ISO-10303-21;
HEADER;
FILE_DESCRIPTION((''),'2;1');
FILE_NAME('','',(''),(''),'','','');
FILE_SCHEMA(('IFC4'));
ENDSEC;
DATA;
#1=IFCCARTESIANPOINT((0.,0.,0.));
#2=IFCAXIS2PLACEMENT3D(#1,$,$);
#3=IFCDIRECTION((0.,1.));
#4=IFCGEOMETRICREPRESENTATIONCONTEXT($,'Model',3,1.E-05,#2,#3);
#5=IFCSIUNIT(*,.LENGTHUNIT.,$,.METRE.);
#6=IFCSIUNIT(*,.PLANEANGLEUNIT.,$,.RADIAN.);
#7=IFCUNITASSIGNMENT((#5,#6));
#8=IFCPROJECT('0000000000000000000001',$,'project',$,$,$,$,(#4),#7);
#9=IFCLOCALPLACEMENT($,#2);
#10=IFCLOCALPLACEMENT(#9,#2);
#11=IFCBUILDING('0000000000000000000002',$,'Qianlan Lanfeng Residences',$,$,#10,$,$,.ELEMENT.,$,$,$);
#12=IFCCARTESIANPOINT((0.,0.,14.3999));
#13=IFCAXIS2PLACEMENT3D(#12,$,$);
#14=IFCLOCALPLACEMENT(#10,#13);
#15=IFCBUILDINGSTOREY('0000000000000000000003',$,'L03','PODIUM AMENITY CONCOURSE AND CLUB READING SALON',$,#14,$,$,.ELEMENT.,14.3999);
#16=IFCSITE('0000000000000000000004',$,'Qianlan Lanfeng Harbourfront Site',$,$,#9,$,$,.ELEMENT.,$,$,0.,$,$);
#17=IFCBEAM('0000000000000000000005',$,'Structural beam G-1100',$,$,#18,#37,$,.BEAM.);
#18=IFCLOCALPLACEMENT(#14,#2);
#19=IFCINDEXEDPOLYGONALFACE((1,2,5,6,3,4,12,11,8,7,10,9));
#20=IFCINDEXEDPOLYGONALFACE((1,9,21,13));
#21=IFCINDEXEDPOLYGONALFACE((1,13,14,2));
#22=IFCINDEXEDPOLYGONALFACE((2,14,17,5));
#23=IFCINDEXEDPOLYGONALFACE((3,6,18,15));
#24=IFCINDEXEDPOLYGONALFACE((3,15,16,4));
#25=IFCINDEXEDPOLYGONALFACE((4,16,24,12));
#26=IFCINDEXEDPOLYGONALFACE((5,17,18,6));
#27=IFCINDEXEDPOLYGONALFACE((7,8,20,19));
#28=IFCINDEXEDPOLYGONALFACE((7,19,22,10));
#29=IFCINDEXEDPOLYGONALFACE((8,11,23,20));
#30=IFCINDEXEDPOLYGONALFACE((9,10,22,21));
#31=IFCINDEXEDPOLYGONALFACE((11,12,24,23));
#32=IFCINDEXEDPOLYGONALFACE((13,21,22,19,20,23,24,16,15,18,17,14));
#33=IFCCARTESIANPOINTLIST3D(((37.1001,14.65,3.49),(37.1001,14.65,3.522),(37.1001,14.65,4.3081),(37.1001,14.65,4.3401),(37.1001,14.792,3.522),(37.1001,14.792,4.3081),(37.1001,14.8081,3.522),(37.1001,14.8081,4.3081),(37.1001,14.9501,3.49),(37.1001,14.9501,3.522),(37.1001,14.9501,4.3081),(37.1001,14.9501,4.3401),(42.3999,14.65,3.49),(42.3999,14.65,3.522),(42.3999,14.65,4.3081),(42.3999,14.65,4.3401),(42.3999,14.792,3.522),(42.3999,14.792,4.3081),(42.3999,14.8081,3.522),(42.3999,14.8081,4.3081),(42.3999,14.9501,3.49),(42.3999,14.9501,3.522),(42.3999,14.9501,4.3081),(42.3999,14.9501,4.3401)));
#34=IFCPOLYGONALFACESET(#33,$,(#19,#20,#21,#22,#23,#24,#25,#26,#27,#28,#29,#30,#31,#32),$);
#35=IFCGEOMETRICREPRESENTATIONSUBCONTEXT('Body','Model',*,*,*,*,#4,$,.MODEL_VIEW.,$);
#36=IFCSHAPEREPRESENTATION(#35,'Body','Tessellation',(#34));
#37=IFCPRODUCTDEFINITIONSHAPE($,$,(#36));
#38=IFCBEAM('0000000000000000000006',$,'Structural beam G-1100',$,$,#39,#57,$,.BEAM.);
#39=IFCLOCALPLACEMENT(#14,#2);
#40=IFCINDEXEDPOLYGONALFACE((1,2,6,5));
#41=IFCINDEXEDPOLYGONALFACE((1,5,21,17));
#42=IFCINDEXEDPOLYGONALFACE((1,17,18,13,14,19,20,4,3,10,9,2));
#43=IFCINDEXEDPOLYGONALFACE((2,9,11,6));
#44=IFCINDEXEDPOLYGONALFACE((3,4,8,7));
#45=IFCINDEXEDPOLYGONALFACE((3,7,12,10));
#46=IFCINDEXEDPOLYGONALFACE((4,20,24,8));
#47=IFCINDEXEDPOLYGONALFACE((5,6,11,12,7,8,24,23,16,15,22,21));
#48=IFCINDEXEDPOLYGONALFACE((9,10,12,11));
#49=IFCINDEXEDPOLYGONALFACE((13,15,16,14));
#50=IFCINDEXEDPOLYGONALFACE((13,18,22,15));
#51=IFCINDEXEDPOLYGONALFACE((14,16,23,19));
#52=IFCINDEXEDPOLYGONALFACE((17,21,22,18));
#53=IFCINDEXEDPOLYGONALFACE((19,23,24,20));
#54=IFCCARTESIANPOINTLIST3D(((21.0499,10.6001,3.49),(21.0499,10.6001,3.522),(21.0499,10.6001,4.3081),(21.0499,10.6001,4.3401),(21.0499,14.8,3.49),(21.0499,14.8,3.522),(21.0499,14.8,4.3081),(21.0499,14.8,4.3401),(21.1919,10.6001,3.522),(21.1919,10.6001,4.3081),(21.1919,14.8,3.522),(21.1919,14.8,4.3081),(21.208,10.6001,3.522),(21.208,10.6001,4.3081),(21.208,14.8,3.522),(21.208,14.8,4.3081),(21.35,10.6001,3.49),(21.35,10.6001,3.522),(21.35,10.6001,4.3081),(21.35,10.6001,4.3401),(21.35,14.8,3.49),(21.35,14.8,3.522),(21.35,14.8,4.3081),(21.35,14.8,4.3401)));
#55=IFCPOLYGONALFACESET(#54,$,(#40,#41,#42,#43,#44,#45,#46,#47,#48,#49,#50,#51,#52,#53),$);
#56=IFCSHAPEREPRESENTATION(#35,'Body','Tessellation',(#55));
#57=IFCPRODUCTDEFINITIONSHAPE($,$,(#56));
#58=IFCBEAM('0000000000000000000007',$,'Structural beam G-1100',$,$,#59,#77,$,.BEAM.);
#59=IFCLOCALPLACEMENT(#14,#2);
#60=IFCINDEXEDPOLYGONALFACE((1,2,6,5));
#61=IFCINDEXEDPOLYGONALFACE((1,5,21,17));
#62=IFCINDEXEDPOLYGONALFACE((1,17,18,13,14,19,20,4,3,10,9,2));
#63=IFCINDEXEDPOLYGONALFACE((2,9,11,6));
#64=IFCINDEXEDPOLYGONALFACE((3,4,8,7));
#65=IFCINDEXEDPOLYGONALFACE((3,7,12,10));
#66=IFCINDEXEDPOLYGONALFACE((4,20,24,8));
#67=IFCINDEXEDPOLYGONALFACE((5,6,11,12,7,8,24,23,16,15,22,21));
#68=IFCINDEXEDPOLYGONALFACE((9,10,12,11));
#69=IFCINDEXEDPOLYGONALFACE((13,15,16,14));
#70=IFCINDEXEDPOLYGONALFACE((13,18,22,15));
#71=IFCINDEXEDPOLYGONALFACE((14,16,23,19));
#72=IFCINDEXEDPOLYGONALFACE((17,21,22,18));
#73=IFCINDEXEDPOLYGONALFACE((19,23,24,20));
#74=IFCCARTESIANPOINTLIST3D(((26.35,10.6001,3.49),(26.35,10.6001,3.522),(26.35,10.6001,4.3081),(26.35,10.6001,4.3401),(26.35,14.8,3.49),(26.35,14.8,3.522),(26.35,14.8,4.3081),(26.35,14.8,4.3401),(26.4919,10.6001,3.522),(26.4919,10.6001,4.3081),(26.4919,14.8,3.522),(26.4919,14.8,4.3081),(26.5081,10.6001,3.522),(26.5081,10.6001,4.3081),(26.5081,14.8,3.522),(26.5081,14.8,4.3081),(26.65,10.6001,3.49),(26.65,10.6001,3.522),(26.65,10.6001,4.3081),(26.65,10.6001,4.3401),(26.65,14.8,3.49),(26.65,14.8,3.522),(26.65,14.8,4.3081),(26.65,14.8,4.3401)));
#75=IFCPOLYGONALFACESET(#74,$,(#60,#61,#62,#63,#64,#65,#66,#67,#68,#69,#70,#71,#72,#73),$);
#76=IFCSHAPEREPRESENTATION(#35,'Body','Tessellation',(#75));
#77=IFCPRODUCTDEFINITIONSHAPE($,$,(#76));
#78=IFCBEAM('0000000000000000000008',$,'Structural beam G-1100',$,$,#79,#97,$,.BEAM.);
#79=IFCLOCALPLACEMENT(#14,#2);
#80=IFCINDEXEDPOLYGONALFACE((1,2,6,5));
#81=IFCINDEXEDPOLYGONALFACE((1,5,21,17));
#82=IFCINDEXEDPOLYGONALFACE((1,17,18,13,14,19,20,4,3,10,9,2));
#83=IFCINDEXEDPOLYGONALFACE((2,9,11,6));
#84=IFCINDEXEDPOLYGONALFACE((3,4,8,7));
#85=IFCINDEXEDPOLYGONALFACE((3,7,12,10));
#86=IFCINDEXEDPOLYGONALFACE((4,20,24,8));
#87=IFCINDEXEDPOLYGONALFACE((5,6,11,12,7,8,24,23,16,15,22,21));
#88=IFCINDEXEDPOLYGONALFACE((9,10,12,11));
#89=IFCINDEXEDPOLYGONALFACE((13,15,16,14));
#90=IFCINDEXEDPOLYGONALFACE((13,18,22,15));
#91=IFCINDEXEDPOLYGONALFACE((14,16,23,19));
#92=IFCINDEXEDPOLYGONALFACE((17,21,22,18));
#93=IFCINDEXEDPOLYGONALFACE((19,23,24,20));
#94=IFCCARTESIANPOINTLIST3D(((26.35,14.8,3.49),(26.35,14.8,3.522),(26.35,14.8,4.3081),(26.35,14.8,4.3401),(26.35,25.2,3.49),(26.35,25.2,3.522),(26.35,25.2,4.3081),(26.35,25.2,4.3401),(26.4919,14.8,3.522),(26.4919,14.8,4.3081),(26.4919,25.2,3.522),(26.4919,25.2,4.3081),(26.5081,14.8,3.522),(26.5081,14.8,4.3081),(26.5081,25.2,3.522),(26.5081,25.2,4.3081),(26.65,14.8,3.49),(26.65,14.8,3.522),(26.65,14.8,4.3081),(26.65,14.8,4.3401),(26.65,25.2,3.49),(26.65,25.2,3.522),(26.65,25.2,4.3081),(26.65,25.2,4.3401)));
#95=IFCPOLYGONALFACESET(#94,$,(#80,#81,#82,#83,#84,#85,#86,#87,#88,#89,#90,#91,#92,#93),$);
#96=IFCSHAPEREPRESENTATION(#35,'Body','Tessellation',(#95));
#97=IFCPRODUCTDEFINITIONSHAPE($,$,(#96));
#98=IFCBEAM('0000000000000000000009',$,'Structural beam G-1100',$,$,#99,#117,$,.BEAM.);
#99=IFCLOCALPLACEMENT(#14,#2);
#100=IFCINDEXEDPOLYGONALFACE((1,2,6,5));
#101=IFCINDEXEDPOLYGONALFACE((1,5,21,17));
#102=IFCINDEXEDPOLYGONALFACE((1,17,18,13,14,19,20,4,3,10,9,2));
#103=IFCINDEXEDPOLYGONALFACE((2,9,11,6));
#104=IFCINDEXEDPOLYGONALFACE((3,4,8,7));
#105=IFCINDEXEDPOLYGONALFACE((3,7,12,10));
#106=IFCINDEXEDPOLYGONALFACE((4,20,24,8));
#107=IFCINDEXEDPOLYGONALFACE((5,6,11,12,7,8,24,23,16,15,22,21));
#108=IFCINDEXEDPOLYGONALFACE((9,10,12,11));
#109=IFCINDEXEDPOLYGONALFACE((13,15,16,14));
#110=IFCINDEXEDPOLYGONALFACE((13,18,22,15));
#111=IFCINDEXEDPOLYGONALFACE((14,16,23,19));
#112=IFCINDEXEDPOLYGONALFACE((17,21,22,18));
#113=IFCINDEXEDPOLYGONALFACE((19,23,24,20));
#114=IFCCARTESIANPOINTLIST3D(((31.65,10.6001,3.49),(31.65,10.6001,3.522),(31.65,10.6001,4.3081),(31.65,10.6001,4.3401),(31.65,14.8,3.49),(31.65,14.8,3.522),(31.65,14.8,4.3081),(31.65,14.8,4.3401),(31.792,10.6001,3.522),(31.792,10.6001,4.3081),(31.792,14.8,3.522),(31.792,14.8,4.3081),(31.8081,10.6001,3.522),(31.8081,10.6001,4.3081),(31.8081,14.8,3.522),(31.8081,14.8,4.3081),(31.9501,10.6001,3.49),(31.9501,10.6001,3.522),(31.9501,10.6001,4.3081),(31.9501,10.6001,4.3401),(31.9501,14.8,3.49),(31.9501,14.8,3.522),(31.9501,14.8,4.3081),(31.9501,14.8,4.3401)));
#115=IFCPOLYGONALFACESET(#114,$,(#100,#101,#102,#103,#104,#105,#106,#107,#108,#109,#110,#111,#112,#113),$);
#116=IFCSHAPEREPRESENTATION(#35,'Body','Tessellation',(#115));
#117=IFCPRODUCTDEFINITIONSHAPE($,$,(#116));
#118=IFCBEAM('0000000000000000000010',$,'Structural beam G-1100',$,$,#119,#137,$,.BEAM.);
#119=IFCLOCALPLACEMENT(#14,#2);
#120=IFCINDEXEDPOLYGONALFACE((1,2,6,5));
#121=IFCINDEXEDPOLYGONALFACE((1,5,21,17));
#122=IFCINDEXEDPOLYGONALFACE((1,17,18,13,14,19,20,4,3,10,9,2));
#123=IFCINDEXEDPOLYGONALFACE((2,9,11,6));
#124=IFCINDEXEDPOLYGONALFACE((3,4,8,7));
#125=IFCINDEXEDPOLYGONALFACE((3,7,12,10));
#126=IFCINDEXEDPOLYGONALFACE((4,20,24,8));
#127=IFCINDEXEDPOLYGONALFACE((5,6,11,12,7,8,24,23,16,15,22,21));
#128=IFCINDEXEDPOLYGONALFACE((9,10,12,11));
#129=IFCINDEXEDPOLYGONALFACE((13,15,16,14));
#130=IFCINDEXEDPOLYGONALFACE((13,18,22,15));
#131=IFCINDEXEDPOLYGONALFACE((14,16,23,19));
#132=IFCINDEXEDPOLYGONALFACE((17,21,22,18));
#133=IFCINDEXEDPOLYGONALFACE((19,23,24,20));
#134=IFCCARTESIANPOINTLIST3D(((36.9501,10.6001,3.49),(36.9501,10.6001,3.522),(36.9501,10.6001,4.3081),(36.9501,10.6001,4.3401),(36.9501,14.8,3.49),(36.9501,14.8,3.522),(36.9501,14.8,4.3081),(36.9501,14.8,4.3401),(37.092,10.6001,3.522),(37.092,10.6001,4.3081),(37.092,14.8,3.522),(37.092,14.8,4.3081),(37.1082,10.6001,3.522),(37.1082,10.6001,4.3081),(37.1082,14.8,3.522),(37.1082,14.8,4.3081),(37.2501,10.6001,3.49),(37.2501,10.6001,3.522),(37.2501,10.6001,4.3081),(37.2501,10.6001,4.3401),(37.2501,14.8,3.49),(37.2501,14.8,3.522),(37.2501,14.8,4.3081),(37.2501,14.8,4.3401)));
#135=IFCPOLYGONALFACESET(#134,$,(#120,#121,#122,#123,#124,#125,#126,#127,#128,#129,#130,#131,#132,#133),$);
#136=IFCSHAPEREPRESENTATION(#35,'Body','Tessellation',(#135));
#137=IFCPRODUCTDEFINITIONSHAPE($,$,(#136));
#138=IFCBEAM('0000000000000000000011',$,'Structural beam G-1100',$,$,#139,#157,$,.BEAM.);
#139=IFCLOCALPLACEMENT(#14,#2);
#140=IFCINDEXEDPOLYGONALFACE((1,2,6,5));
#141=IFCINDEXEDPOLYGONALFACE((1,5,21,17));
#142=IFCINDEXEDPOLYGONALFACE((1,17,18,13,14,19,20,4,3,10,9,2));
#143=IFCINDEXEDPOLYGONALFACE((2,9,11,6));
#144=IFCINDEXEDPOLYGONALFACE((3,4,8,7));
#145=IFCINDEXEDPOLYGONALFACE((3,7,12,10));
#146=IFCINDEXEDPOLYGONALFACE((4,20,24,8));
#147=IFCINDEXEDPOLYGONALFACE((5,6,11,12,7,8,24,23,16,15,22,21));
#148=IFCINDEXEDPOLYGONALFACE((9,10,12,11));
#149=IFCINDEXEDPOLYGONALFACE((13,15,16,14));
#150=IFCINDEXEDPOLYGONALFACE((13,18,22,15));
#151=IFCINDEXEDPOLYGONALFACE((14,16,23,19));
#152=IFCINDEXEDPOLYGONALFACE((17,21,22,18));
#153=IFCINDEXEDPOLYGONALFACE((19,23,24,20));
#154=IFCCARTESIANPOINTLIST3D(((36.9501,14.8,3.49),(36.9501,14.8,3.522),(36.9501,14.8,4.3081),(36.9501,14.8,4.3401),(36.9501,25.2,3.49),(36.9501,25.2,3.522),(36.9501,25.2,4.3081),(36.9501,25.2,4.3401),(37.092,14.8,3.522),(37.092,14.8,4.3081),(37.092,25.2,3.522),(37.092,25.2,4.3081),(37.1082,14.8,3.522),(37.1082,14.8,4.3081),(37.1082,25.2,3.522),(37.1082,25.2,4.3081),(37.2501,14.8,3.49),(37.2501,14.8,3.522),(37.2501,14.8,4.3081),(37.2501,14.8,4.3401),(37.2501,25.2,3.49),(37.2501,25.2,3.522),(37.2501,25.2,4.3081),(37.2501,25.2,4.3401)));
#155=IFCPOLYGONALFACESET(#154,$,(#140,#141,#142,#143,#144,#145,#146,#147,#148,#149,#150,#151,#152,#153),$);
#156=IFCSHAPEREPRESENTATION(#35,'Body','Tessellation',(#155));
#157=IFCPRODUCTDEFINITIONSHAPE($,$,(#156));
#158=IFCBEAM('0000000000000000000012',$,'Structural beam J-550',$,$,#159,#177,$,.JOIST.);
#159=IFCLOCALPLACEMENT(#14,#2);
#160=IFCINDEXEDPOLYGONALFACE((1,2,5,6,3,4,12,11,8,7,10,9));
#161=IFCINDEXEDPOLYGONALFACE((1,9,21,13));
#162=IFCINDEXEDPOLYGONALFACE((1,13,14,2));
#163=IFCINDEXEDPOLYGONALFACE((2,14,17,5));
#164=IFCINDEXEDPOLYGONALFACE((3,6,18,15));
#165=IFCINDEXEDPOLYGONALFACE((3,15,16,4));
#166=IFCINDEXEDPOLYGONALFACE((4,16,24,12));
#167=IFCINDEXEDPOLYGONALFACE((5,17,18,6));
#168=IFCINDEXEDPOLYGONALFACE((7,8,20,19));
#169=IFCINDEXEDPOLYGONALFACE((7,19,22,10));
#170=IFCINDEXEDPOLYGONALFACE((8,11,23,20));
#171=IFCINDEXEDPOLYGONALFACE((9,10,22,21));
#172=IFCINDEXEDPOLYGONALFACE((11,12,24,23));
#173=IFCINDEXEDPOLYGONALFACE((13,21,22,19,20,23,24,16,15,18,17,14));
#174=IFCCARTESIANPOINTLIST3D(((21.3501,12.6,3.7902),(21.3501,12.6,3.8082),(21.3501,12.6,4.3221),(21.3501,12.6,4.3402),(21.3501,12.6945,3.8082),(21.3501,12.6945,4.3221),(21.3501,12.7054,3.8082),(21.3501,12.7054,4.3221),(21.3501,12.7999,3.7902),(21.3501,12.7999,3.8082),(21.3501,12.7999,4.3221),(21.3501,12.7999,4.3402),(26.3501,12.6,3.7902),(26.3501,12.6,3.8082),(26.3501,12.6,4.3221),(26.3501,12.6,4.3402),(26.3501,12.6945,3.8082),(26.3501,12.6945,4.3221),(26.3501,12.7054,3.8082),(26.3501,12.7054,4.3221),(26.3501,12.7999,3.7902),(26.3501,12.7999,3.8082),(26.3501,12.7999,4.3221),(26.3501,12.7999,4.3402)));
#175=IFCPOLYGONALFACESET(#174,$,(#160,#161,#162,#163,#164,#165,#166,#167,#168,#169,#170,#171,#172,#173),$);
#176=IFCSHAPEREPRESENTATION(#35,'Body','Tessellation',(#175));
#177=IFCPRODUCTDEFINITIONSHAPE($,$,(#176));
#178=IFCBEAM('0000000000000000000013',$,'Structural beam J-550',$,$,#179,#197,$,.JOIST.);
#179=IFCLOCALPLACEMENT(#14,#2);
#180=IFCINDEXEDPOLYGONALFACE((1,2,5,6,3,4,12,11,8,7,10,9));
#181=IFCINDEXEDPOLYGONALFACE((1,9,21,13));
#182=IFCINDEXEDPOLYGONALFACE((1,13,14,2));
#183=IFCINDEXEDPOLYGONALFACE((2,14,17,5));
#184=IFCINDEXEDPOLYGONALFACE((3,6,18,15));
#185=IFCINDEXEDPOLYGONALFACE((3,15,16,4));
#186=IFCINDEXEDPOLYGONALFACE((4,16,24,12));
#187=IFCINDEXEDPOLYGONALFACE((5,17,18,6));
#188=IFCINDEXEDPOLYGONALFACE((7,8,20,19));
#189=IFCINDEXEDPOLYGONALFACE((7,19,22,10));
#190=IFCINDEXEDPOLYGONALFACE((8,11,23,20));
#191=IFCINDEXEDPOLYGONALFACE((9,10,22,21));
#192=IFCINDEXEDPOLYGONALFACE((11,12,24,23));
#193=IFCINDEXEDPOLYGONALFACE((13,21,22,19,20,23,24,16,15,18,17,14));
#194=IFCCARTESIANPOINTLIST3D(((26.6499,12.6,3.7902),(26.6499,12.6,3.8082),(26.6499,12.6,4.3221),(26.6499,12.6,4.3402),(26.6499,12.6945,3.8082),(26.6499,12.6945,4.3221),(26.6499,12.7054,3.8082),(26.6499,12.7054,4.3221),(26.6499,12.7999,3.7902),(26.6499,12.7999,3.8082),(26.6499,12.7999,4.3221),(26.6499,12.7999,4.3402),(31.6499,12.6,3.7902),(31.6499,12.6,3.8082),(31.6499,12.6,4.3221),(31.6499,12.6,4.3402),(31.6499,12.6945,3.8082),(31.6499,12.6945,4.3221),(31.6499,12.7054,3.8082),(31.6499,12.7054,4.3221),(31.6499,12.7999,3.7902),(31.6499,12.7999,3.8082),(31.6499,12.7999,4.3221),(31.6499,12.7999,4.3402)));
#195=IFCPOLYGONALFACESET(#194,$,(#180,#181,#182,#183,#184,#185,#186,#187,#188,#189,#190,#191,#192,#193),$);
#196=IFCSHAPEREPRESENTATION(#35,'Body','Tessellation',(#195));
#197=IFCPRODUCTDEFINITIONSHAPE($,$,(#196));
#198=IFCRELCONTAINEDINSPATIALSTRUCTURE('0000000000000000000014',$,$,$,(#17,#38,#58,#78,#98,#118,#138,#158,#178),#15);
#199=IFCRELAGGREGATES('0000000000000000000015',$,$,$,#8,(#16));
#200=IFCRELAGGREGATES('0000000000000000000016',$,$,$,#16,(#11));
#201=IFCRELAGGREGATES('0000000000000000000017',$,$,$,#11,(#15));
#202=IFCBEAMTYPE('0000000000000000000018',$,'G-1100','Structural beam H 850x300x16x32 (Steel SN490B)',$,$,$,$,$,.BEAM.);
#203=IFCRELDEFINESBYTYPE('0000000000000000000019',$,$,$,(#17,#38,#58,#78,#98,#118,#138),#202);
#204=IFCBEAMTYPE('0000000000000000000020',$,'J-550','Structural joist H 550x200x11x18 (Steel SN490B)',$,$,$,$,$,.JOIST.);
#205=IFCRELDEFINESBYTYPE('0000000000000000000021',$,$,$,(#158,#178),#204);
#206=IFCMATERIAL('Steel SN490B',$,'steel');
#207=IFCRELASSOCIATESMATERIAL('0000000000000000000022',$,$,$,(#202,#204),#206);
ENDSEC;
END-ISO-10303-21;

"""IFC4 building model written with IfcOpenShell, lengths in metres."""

from ifc_helpers import new_model, si_unit, direction, frame, origin, origin_2d, place, context, subcontext, project, spatial, i_section, extrude, material, material_profile, profile_set, type_object, element, save


model = new_model("IFC4")

# Units and contexts
model_context = context("Model", 3, precision=1e-05, world=origin(), true_north=direction((0.0, 1.0)))
body_context = subcontext(model_context, "Body", "Model", "MODEL_VIEW")
ifc_project = project(units=[si_unit("LENGTHUNIT", "METRE"), si_unit("PLANEANGLEUNIT", "RADIAN")], contexts=[model_context])

# Site, building, storey
site_placement = place(None, origin())
site = spatial("IfcSite", under=ifc_project, at=site_placement, Name="Qianlan Lanfeng Harbourfront Site", CompositionType="ELEMENT", RefElevation=0.0)
building_placement = place(site_placement, origin())
building = spatial("IfcBuilding", under=site, at=building_placement, Name="Qianlan Lanfeng Residences", CompositionType="ELEMENT")
storey_placement = place(building_placement, frame((0.0, 0.0, 14.3999)))
storey = spatial("IfcBuildingStorey", under=building, at=storey_placement, Name="L03", Description="PODIUM AMENITY CONCOURSE AND CLUB READING SALON", CompositionType="ELEMENT", Elevation=14.3999)

# Beams
ifc_material_1 = material(Name="Steel SN490B", Category="steel")
ifc_material_profile_1 = material_profile(ifc_material_1, i_section(OverallWidth=0.3, OverallDepth=0.8501, WebThickness=0.0161, FlangeThickness=0.032, at=origin_2d()), Name="H 850x300x16x32")
ifc_profile_set_1 = profile_set([ifc_material_profile_1], Name="Steel SN490B")
beam_type_1 = type_object("IfcBeamType", Name="G-1100", Description="Structural beam H 850x300x16x32 (Steel SN490B)", PredefinedType="BEAM", material=ifc_profile_set_1)
beam_1_placement = place(storey_placement, frame((37.1001, 14.8, 3.915), z_axis=(1.0, 0.0, 0.0), x_axis=(0.0, 1.0, 0.0)))
element("IfcBeam", 1, at=beam_1_placement, inside=storey, type_object=beam_type_1, Name="Structural beam G-1100", PredefinedType="BEAM", context=body_context, shape_type="SweptSolid", body=[
    extrude(i_section(OverallWidth=0.3, OverallDepth=0.8501, WebThickness=0.0161, FlangeThickness=0.032, at=origin_2d()), origin(), (0.0, 0.0, 1.0), 5.2998),
])
for number, where, z_axis, x_axis, name in (
    (2, (21.2, 10.6001, 3.915), (0.0, 1.0, 0.0), (-1.0, 0.0, 0.0), "Structural beam G-1100"),
    (3, (26.5, 10.6001, 3.915), (0.0, 1.0, 0.0), (-1.0, 0.0, 0.0), "Structural beam G-1100"),
):
    element("IfcBeam", number, at=place(storey_placement, frame(where, z_axis=z_axis, x_axis=x_axis)), inside=storey, type_object=beam_type_1, Name=name, PredefinedType="BEAM", context=body_context, shape_type="SweptSolid", body=[
        extrude(i_section(OverallWidth=0.3, OverallDepth=0.8501, WebThickness=0.0161, FlangeThickness=0.032, at=origin_2d()), origin(), (0.0, 0.0, 1.0), 4.2),
    ])
beam_2_placement = place(storey_placement, frame((26.5, 14.8, 3.915), z_axis=(0.0, 1.0, 0.0), x_axis=(-1.0, 0.0, 0.0)))
element("IfcBeam", 4, at=beam_2_placement, inside=storey, type_object=beam_type_1, Name="Structural beam G-1100", PredefinedType="BEAM", context=body_context, shape_type="SweptSolid", body=[
    extrude(i_section(OverallWidth=0.3, OverallDepth=0.8501, WebThickness=0.0161, FlangeThickness=0.032, at=origin_2d()), origin(), (0.0, 0.0, 1.0), 10.3999),
])
for number, where, z_axis, x_axis, name in (
    (5, (31.8, 10.6001, 3.915), (0.0, 1.0, 0.0), (-1.0, 0.0, 0.0), "Structural beam G-1100"),
    (6, (37.1001, 10.6001, 3.915), (0.0, 1.0, 0.0), (-1.0, 0.0, 0.0), "Structural beam G-1100"),
):
    element("IfcBeam", number, at=place(storey_placement, frame(where, z_axis=z_axis, x_axis=x_axis)), inside=storey, type_object=beam_type_1, Name=name, PredefinedType="BEAM", context=body_context, shape_type="SweptSolid", body=[
        extrude(i_section(OverallWidth=0.3, OverallDepth=0.8501, WebThickness=0.0161, FlangeThickness=0.032, at=origin_2d()), origin(), (0.0, 0.0, 1.0), 4.2),
    ])
beam_3_placement = place(storey_placement, frame((37.1001, 14.8, 3.915), z_axis=(0.0, 1.0, 0.0), x_axis=(-1.0, 0.0, 0.0)))
element("IfcBeam", 7, at=beam_3_placement, inside=storey, type_object=beam_type_1, Name="Structural beam G-1100", PredefinedType="BEAM", context=body_context, shape_type="SweptSolid", body=[
    extrude(i_section(OverallWidth=0.3, OverallDepth=0.8501, WebThickness=0.0161, FlangeThickness=0.032, at=origin_2d()), origin(), (0.0, 0.0, 1.0), 10.3999),
])
ifc_material_profile_2 = material_profile(ifc_material_1, i_section(OverallWidth=0.2, OverallDepth=0.55, WebThickness=0.011, FlangeThickness=0.0181, at=origin_2d()), Name="H 550x200x11x18")
ifc_profile_set_2 = profile_set([ifc_material_profile_2], Name="Steel SN490B")
beam_type_2 = type_object("IfcBeamType", Name="J-550", Description="Structural joist H 550x200x11x18 (Steel SN490B)", PredefinedType="JOIST", material=ifc_profile_set_2)
for number, where, z_axis, x_axis, name in (
    (8, (21.3501, 12.7, 4.0652), (1.0, 0.0, 0.0), (0.0, 1.0, 0.0), "Structural beam J-550"),
    (9, (26.6499, 12.7, 4.0652), (1.0, 0.0, 0.0), (0.0, 1.0, 0.0), "Structural beam J-550"),
):
    element("IfcBeam", number, at=place(storey_placement, frame(where, z_axis=z_axis, x_axis=x_axis)), inside=storey, type_object=beam_type_2, Name=name, PredefinedType="JOIST", context=body_context, shape_type="SweptSolid", body=[
        extrude(i_section(OverallWidth=0.2, OverallDepth=0.55, WebThickness=0.011, FlangeThickness=0.0181, at=origin_2d()), origin(), (0.0, 0.0, 1.0), 5.0),
    ])

save(model, "model.ifc")
